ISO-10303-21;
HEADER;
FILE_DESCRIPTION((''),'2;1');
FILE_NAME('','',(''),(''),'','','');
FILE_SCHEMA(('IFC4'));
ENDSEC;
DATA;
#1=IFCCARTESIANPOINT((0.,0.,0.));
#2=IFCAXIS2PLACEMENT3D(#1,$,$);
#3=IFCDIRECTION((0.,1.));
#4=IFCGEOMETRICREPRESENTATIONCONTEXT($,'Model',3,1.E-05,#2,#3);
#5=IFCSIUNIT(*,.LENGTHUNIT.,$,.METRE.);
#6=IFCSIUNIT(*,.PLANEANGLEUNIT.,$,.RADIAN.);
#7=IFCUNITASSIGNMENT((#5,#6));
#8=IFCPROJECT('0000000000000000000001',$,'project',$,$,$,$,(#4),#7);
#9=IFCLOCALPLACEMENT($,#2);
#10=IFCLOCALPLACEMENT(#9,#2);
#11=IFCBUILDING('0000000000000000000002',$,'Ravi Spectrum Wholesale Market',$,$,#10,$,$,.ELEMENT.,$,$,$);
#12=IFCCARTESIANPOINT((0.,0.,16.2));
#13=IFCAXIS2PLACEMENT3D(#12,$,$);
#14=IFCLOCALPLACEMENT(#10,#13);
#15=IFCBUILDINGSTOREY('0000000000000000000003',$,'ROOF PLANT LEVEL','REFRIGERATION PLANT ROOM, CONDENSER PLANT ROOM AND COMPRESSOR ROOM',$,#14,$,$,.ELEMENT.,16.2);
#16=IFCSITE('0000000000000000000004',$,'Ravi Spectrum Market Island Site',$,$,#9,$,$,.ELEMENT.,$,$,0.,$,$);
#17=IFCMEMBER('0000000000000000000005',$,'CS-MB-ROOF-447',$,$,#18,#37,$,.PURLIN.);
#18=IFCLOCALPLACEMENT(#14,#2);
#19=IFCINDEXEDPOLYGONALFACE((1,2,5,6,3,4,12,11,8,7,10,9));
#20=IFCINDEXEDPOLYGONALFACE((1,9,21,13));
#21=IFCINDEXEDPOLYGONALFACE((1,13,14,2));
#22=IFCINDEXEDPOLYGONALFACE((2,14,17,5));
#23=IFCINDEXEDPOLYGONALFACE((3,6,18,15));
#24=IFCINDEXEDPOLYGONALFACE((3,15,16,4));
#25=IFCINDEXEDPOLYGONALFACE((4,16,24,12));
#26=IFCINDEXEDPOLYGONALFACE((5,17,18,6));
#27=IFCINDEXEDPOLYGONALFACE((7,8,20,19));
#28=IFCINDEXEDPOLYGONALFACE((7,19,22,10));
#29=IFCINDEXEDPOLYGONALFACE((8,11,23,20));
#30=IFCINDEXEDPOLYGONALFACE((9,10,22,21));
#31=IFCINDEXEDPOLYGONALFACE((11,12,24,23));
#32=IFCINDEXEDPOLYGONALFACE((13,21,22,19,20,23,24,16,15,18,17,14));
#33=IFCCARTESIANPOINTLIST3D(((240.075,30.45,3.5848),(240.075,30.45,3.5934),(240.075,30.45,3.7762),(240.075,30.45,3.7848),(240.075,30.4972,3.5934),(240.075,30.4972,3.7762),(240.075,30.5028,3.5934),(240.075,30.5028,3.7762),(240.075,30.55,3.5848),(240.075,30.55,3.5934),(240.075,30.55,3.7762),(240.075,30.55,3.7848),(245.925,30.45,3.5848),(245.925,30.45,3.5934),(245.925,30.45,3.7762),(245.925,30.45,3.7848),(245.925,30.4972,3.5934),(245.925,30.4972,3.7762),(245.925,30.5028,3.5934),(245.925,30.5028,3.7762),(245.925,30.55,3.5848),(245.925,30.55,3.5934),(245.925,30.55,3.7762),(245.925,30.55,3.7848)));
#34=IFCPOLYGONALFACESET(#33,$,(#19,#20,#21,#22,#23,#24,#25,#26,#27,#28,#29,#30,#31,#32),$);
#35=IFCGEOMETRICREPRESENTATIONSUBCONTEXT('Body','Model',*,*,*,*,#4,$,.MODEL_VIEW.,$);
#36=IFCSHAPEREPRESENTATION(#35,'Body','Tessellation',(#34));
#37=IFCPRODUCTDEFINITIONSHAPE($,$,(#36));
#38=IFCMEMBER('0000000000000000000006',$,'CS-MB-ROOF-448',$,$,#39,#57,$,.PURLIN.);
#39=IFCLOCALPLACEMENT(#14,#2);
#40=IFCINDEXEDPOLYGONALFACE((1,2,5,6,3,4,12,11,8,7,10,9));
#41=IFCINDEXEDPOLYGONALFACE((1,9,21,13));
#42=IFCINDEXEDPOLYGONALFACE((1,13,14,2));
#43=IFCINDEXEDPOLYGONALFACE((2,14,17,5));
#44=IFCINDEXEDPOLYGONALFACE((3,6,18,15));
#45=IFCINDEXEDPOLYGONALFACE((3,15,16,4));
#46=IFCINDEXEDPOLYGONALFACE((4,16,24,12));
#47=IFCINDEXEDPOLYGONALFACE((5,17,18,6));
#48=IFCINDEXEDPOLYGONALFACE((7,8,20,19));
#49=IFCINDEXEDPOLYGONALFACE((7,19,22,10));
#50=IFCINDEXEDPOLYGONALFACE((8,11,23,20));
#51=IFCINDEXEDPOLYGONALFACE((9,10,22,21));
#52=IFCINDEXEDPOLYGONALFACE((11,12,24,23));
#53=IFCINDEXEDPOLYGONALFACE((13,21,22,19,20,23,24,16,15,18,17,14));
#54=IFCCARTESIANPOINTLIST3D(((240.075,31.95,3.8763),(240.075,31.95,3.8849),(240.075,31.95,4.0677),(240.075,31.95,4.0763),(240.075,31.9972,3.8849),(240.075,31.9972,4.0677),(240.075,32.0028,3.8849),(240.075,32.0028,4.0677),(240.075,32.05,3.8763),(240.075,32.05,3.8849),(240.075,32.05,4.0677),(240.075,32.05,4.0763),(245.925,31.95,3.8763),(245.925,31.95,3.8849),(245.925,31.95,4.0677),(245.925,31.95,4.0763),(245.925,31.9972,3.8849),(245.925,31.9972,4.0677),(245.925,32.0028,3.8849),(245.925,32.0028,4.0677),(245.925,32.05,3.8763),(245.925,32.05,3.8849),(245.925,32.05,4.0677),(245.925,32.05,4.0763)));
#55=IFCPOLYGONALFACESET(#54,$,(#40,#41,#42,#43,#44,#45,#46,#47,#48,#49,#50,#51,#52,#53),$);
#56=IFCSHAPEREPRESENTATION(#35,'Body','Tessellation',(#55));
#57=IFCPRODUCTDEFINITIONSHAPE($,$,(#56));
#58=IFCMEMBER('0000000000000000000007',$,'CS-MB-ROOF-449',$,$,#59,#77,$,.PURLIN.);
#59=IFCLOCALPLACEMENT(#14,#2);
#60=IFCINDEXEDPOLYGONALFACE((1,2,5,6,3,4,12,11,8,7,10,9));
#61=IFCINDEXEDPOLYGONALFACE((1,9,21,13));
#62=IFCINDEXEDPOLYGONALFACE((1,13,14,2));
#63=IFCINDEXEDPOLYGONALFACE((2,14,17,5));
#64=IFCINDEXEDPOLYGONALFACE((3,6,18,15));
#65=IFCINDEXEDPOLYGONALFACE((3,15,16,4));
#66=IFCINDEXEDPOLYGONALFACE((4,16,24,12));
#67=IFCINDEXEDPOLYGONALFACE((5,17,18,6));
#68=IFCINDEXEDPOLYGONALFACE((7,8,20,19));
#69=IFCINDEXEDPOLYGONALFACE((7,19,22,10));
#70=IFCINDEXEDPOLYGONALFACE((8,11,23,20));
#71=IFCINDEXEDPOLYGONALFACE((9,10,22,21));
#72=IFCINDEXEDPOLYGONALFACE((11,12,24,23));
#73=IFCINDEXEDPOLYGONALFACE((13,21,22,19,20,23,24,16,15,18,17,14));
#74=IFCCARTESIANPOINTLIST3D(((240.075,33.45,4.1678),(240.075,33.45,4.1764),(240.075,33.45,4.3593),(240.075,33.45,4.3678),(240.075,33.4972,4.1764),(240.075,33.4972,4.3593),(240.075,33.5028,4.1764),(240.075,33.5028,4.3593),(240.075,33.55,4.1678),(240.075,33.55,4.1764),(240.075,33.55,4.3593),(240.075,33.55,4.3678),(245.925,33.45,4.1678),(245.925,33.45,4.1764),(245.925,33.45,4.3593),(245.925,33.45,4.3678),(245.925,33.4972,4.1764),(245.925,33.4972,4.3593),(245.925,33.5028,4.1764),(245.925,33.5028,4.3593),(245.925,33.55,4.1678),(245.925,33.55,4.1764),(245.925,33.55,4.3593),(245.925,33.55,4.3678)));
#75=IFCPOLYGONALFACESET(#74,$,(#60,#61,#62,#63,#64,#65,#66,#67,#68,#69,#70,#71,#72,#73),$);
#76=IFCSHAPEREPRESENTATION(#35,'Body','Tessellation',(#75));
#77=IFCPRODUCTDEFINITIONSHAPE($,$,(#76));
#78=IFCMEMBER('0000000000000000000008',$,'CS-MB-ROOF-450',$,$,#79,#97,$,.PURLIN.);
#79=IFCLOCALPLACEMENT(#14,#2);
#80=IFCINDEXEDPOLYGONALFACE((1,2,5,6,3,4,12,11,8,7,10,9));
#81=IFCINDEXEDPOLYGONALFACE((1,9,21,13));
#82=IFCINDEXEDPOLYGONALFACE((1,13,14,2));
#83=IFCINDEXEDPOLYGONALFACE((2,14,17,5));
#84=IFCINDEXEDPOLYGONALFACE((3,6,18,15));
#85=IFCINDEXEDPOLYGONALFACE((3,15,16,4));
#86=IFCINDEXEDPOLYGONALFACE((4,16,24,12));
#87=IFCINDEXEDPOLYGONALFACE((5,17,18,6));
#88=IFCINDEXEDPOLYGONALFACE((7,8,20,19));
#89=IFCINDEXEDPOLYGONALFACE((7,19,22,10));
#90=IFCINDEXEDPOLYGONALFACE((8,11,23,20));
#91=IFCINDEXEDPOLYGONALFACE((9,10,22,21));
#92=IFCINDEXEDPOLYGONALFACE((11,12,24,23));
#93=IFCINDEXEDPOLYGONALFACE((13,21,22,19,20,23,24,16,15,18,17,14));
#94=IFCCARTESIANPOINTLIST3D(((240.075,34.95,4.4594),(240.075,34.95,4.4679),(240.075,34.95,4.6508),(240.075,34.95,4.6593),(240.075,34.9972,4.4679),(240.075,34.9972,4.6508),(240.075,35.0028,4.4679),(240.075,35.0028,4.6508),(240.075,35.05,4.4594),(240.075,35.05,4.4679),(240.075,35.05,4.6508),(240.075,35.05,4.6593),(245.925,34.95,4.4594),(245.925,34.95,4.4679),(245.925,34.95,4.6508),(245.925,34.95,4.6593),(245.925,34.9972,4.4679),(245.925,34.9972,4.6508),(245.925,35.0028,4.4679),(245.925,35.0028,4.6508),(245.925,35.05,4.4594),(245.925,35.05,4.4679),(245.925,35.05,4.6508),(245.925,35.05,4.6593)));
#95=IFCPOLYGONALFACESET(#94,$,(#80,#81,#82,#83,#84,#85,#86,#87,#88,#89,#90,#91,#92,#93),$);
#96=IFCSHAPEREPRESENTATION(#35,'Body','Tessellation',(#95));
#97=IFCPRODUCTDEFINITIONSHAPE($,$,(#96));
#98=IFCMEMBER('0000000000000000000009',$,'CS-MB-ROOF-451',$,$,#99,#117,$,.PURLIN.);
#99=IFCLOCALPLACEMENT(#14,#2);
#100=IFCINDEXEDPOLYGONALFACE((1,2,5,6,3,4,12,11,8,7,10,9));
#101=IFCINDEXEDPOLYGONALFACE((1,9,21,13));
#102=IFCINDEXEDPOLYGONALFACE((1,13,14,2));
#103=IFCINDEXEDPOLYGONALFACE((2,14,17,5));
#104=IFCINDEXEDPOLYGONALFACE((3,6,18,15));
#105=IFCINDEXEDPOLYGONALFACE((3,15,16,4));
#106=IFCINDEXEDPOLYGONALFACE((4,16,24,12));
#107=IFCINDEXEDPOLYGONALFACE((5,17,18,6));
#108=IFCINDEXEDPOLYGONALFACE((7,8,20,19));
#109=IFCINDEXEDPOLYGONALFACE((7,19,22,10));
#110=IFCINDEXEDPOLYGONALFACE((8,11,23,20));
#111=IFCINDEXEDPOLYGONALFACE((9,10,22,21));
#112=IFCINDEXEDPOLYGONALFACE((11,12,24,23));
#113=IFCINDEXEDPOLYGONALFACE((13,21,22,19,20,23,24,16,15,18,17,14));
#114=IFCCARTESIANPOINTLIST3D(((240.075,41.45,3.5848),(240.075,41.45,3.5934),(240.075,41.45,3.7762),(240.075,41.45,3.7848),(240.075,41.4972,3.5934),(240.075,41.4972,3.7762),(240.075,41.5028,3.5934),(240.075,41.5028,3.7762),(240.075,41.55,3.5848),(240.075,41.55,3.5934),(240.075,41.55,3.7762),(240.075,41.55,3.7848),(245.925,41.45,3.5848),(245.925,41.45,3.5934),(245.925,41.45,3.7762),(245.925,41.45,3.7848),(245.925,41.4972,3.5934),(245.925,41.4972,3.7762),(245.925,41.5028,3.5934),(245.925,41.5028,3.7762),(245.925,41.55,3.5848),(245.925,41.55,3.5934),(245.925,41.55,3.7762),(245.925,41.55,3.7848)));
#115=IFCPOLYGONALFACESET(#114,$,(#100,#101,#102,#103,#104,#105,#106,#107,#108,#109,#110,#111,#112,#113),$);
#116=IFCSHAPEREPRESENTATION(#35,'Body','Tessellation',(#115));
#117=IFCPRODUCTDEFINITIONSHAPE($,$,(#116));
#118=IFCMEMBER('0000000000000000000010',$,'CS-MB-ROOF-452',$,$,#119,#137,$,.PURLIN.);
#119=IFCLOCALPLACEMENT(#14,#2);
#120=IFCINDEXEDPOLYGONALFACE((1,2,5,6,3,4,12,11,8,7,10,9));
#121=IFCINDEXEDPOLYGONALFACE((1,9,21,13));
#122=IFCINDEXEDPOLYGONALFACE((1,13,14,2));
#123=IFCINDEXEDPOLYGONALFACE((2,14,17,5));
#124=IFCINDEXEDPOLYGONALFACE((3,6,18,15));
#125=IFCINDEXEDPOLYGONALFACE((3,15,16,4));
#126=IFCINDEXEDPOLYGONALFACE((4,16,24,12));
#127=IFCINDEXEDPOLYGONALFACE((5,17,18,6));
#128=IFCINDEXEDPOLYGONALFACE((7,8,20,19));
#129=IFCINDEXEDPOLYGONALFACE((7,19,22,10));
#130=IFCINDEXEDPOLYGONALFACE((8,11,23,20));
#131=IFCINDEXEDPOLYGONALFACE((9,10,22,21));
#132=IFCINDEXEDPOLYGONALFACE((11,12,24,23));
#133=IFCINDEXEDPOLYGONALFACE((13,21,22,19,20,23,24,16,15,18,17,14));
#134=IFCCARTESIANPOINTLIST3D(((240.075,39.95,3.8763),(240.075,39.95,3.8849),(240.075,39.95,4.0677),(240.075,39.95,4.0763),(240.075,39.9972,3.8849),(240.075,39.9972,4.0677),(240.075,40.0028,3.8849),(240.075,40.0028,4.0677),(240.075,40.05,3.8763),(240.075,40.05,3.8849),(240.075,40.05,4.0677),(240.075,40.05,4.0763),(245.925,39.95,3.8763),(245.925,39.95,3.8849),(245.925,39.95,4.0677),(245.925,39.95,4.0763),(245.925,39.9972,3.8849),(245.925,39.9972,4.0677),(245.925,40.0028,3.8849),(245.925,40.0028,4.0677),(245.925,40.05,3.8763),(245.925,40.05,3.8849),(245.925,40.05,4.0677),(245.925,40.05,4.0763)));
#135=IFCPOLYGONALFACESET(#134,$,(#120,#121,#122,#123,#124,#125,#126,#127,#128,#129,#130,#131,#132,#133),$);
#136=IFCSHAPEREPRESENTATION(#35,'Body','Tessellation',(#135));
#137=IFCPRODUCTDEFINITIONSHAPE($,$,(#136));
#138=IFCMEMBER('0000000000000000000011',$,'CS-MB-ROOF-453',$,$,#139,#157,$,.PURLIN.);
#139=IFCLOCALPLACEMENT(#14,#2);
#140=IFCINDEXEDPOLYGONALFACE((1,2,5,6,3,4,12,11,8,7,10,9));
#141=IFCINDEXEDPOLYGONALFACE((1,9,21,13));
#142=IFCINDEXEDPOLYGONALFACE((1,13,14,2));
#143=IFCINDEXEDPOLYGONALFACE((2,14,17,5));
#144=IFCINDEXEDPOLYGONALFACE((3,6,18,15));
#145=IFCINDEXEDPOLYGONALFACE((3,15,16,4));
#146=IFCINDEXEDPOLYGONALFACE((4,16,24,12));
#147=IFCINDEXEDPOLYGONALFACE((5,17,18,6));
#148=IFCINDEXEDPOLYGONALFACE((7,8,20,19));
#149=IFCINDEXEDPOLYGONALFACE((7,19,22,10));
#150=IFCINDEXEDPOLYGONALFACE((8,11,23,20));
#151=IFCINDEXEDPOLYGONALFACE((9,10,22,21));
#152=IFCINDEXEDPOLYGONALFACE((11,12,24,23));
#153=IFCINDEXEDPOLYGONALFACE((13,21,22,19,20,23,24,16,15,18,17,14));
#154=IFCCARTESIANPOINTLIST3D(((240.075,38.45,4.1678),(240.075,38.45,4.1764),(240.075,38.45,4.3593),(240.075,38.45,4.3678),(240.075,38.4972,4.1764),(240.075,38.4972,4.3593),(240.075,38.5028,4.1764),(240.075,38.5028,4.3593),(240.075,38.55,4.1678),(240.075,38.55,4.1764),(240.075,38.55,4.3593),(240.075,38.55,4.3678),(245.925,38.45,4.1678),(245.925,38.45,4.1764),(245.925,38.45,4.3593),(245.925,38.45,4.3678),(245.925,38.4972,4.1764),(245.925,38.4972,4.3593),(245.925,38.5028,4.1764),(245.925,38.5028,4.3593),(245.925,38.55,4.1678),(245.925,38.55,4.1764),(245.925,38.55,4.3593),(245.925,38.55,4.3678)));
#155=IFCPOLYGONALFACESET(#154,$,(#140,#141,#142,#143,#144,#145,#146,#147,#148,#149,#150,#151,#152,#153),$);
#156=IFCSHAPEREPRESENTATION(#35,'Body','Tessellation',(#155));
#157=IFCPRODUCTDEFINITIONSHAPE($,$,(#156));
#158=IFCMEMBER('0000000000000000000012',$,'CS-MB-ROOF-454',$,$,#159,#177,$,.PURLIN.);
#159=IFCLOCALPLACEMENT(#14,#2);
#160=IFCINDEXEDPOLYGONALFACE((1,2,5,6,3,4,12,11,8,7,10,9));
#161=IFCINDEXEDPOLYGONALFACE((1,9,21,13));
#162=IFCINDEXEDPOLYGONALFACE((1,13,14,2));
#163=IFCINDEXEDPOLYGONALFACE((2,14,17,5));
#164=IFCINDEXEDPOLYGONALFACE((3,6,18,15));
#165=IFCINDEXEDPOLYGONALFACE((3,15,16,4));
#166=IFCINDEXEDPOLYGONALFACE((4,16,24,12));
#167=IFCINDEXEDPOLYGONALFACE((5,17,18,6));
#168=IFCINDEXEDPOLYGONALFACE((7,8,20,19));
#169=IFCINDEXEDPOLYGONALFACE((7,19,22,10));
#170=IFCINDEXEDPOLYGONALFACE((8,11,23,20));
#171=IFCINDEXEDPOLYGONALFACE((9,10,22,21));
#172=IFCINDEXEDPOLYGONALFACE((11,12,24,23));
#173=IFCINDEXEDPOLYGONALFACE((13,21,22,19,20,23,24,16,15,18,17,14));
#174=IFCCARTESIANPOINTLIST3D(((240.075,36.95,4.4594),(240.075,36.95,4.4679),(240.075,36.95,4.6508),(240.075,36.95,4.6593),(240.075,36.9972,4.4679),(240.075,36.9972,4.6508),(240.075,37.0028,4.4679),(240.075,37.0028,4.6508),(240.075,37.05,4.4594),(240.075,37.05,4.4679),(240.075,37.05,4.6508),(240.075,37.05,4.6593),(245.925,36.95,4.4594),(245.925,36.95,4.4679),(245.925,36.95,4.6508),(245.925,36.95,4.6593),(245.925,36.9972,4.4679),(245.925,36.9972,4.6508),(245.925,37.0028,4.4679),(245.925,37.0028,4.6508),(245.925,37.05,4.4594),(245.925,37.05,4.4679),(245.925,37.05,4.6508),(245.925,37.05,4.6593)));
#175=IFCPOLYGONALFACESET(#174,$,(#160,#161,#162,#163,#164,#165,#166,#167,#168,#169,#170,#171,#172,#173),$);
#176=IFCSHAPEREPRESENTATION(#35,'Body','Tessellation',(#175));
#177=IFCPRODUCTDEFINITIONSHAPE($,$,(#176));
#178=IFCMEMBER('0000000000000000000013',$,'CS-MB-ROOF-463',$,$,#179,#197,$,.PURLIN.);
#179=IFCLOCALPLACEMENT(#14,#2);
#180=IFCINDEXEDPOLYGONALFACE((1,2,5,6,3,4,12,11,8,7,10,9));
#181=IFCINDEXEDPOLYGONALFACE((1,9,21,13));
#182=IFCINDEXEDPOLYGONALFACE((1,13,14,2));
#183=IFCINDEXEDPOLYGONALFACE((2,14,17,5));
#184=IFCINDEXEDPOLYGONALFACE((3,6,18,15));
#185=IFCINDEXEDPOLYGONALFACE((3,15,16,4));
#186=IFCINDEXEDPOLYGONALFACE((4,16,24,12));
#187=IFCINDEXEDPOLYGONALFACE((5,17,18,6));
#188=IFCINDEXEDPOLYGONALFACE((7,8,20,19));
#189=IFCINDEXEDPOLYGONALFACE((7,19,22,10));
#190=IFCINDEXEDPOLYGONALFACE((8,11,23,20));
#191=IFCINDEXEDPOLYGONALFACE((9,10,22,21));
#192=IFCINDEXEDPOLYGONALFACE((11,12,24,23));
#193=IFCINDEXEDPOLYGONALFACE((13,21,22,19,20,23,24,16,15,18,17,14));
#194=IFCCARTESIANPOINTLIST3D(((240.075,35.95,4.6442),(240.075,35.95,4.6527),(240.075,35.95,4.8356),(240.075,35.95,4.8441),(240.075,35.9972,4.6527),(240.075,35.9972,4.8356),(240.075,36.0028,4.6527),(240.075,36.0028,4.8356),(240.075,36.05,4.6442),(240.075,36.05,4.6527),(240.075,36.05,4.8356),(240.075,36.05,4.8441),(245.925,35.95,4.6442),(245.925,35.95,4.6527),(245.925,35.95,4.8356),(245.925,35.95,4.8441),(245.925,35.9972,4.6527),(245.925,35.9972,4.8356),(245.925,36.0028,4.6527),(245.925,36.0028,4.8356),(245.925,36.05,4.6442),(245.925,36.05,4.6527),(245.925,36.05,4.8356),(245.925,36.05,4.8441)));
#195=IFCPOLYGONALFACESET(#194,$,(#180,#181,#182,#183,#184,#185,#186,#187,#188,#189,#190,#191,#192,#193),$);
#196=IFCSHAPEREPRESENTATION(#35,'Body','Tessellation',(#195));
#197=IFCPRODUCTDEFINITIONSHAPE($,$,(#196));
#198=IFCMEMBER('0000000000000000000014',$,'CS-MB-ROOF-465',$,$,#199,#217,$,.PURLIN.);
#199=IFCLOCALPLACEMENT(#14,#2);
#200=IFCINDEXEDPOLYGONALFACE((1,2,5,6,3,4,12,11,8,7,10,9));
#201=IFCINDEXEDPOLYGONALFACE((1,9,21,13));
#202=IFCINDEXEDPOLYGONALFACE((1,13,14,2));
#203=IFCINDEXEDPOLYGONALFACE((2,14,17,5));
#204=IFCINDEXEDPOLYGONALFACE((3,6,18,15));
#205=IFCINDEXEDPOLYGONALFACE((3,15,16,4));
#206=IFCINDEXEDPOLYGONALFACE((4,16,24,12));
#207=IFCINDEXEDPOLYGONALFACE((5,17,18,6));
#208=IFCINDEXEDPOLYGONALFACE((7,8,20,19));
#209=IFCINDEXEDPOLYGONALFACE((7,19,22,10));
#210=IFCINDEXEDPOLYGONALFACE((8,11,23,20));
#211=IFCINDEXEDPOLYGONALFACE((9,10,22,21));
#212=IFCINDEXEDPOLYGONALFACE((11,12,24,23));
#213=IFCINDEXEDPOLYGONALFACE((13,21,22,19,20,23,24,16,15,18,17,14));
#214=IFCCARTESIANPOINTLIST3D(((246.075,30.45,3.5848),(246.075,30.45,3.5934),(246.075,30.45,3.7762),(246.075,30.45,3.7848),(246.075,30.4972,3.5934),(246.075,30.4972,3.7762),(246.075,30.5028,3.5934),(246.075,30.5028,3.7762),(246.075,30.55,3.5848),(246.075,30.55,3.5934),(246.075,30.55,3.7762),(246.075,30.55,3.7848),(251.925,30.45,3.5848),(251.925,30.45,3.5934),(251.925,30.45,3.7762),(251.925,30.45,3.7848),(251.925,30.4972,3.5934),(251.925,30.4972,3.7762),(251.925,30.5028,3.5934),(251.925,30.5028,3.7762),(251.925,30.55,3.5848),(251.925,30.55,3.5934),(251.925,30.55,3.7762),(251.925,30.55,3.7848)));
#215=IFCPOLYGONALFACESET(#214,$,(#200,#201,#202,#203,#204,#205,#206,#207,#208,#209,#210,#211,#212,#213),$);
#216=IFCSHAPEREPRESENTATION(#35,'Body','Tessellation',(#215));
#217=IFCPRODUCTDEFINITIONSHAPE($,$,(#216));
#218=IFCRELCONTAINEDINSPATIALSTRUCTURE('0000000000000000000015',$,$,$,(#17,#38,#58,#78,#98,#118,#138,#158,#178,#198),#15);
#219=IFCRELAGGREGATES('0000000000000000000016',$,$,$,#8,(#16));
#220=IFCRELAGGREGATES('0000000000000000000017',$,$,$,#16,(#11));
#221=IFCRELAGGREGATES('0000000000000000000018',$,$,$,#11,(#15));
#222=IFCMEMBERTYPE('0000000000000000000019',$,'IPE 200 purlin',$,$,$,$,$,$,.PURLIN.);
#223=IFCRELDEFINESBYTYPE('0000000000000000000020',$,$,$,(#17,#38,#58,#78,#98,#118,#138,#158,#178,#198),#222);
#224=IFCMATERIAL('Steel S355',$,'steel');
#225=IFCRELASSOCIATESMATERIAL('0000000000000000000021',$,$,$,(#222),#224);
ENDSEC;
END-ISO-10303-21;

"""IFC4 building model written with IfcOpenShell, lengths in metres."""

from ifc_helpers import new_model, si_unit, direction, frame, origin, origin_2d, place, context, subcontext, project, spatial, i_section, extrude, material, material_profile, profile_set, type_object, element, save


model = new_model("IFC4")

# Units and contexts
model_context = context("Model", 3, precision=1e-05, world=origin(), true_north=direction((0.0, 1.0)))
body_context = subcontext(model_context, "Body", "Model", "MODEL_VIEW")
ifc_project = project(units=[si_unit("LENGTHUNIT", "METRE"), si_unit("PLANEANGLEUNIT", "RADIAN")], contexts=[model_context])

# Site, building, storey
site_placement = place(None, origin())
site = spatial("IfcSite", under=ifc_project, at=site_placement, Name="Ravi Spectrum Market Island Site", CompositionType="ELEMENT", RefElevation=0.0)
building_placement = place(site_placement, origin())
building = spatial("IfcBuilding", under=site, at=building_placement, Name="Ravi Spectrum Wholesale Market", CompositionType="ELEMENT")
storey_placement = place(building_placement, frame((0.0, 0.0, 16.2)))
storey = spatial("IfcBuildingStorey", under=building, at=storey_placement, Name="ROOF PLANT LEVEL", Description="REFRIGERATION PLANT ROOM, CONDENSER PLANT ROOM AND COMPRESSOR ROOM", CompositionType="ELEMENT", Elevation=16.2)

# Members
ifc_material_1 = material(Name="Steel S355", Category="steel")
ifc_material_profile_1 = material_profile(ifc_material_1, i_section(OverallWidth=0.1001, OverallDepth=0.2, WebThickness=0.0056, FlangeThickness=0.0085, at=origin_2d()))
ifc_profile_set_1 = profile_set([ifc_material_profile_1], Name="Steel S355")
member_type = type_object("IfcMemberType", Name="IPE 200 purlin", PredefinedType="PURLIN", material=ifc_profile_set_1)
for number, where, z_axis, x_axis, name in (
    (1, (240.075, 30.5, 3.6848), (1.0, 0.0, 0.0), (0.0, 1.0, 0.0), "CS-MB-ROOF-447"),
    (2, (240.075, 32.0, 3.9763), (1.0, 0.0, 0.0), (0.0, 1.0, 0.0), "CS-MB-ROOF-448"),
    (3, (240.075, 33.5, 4.2678), (1.0, 0.0, 0.0), (0.0, 1.0, 0.0), "CS-MB-ROOF-449"),
    (4, (240.075, 35.0, 4.5593), (1.0, 0.0, 0.0), (0.0, 1.0, 0.0), "CS-MB-ROOF-450"),
    (5, (240.075, 41.5, 3.6848), (1.0, 0.0, 0.0), (0.0, 1.0, 0.0), "CS-MB-ROOF-451"),
    (6, (240.075, 40.0, 3.9763), (1.0, 0.0, 0.0), (0.0, 1.0, 0.0), "CS-MB-ROOF-452"),
    (7, (240.075, 38.5, 4.2678), (1.0, 0.0, 0.0), (0.0, 1.0, 0.0), "CS-MB-ROOF-453"),
    (8, (240.075, 37.0, 4.5593), (1.0, 0.0, 0.0), (0.0, 1.0, 0.0), "CS-MB-ROOF-454"),
    (9, (240.075, 36.0, 4.7441), (1.0, 0.0, 0.0), (0.0, 1.0, 0.0), "CS-MB-ROOF-463"),
    (10, (246.075, 30.5, 3.6848), (1.0, 0.0, 0.0), (0.0, 1.0, 0.0), "CS-MB-ROOF-465"),
):
    element("IfcMember", number, at=place(storey_placement, frame(where, z_axis=z_axis, x_axis=x_axis)), inside=storey, type_object=member_type, Name=name, PredefinedType="PURLIN", context=body_context, shape_type="SweptSolid", body=[
        extrude(i_section(OverallWidth=0.1001, OverallDepth=0.2, WebThickness=0.0056, FlangeThickness=0.0085, at=origin_2d()), origin(), (0.0, 0.0, 1.0), 5.8501),
    ])

save(model, "model.ifc")
